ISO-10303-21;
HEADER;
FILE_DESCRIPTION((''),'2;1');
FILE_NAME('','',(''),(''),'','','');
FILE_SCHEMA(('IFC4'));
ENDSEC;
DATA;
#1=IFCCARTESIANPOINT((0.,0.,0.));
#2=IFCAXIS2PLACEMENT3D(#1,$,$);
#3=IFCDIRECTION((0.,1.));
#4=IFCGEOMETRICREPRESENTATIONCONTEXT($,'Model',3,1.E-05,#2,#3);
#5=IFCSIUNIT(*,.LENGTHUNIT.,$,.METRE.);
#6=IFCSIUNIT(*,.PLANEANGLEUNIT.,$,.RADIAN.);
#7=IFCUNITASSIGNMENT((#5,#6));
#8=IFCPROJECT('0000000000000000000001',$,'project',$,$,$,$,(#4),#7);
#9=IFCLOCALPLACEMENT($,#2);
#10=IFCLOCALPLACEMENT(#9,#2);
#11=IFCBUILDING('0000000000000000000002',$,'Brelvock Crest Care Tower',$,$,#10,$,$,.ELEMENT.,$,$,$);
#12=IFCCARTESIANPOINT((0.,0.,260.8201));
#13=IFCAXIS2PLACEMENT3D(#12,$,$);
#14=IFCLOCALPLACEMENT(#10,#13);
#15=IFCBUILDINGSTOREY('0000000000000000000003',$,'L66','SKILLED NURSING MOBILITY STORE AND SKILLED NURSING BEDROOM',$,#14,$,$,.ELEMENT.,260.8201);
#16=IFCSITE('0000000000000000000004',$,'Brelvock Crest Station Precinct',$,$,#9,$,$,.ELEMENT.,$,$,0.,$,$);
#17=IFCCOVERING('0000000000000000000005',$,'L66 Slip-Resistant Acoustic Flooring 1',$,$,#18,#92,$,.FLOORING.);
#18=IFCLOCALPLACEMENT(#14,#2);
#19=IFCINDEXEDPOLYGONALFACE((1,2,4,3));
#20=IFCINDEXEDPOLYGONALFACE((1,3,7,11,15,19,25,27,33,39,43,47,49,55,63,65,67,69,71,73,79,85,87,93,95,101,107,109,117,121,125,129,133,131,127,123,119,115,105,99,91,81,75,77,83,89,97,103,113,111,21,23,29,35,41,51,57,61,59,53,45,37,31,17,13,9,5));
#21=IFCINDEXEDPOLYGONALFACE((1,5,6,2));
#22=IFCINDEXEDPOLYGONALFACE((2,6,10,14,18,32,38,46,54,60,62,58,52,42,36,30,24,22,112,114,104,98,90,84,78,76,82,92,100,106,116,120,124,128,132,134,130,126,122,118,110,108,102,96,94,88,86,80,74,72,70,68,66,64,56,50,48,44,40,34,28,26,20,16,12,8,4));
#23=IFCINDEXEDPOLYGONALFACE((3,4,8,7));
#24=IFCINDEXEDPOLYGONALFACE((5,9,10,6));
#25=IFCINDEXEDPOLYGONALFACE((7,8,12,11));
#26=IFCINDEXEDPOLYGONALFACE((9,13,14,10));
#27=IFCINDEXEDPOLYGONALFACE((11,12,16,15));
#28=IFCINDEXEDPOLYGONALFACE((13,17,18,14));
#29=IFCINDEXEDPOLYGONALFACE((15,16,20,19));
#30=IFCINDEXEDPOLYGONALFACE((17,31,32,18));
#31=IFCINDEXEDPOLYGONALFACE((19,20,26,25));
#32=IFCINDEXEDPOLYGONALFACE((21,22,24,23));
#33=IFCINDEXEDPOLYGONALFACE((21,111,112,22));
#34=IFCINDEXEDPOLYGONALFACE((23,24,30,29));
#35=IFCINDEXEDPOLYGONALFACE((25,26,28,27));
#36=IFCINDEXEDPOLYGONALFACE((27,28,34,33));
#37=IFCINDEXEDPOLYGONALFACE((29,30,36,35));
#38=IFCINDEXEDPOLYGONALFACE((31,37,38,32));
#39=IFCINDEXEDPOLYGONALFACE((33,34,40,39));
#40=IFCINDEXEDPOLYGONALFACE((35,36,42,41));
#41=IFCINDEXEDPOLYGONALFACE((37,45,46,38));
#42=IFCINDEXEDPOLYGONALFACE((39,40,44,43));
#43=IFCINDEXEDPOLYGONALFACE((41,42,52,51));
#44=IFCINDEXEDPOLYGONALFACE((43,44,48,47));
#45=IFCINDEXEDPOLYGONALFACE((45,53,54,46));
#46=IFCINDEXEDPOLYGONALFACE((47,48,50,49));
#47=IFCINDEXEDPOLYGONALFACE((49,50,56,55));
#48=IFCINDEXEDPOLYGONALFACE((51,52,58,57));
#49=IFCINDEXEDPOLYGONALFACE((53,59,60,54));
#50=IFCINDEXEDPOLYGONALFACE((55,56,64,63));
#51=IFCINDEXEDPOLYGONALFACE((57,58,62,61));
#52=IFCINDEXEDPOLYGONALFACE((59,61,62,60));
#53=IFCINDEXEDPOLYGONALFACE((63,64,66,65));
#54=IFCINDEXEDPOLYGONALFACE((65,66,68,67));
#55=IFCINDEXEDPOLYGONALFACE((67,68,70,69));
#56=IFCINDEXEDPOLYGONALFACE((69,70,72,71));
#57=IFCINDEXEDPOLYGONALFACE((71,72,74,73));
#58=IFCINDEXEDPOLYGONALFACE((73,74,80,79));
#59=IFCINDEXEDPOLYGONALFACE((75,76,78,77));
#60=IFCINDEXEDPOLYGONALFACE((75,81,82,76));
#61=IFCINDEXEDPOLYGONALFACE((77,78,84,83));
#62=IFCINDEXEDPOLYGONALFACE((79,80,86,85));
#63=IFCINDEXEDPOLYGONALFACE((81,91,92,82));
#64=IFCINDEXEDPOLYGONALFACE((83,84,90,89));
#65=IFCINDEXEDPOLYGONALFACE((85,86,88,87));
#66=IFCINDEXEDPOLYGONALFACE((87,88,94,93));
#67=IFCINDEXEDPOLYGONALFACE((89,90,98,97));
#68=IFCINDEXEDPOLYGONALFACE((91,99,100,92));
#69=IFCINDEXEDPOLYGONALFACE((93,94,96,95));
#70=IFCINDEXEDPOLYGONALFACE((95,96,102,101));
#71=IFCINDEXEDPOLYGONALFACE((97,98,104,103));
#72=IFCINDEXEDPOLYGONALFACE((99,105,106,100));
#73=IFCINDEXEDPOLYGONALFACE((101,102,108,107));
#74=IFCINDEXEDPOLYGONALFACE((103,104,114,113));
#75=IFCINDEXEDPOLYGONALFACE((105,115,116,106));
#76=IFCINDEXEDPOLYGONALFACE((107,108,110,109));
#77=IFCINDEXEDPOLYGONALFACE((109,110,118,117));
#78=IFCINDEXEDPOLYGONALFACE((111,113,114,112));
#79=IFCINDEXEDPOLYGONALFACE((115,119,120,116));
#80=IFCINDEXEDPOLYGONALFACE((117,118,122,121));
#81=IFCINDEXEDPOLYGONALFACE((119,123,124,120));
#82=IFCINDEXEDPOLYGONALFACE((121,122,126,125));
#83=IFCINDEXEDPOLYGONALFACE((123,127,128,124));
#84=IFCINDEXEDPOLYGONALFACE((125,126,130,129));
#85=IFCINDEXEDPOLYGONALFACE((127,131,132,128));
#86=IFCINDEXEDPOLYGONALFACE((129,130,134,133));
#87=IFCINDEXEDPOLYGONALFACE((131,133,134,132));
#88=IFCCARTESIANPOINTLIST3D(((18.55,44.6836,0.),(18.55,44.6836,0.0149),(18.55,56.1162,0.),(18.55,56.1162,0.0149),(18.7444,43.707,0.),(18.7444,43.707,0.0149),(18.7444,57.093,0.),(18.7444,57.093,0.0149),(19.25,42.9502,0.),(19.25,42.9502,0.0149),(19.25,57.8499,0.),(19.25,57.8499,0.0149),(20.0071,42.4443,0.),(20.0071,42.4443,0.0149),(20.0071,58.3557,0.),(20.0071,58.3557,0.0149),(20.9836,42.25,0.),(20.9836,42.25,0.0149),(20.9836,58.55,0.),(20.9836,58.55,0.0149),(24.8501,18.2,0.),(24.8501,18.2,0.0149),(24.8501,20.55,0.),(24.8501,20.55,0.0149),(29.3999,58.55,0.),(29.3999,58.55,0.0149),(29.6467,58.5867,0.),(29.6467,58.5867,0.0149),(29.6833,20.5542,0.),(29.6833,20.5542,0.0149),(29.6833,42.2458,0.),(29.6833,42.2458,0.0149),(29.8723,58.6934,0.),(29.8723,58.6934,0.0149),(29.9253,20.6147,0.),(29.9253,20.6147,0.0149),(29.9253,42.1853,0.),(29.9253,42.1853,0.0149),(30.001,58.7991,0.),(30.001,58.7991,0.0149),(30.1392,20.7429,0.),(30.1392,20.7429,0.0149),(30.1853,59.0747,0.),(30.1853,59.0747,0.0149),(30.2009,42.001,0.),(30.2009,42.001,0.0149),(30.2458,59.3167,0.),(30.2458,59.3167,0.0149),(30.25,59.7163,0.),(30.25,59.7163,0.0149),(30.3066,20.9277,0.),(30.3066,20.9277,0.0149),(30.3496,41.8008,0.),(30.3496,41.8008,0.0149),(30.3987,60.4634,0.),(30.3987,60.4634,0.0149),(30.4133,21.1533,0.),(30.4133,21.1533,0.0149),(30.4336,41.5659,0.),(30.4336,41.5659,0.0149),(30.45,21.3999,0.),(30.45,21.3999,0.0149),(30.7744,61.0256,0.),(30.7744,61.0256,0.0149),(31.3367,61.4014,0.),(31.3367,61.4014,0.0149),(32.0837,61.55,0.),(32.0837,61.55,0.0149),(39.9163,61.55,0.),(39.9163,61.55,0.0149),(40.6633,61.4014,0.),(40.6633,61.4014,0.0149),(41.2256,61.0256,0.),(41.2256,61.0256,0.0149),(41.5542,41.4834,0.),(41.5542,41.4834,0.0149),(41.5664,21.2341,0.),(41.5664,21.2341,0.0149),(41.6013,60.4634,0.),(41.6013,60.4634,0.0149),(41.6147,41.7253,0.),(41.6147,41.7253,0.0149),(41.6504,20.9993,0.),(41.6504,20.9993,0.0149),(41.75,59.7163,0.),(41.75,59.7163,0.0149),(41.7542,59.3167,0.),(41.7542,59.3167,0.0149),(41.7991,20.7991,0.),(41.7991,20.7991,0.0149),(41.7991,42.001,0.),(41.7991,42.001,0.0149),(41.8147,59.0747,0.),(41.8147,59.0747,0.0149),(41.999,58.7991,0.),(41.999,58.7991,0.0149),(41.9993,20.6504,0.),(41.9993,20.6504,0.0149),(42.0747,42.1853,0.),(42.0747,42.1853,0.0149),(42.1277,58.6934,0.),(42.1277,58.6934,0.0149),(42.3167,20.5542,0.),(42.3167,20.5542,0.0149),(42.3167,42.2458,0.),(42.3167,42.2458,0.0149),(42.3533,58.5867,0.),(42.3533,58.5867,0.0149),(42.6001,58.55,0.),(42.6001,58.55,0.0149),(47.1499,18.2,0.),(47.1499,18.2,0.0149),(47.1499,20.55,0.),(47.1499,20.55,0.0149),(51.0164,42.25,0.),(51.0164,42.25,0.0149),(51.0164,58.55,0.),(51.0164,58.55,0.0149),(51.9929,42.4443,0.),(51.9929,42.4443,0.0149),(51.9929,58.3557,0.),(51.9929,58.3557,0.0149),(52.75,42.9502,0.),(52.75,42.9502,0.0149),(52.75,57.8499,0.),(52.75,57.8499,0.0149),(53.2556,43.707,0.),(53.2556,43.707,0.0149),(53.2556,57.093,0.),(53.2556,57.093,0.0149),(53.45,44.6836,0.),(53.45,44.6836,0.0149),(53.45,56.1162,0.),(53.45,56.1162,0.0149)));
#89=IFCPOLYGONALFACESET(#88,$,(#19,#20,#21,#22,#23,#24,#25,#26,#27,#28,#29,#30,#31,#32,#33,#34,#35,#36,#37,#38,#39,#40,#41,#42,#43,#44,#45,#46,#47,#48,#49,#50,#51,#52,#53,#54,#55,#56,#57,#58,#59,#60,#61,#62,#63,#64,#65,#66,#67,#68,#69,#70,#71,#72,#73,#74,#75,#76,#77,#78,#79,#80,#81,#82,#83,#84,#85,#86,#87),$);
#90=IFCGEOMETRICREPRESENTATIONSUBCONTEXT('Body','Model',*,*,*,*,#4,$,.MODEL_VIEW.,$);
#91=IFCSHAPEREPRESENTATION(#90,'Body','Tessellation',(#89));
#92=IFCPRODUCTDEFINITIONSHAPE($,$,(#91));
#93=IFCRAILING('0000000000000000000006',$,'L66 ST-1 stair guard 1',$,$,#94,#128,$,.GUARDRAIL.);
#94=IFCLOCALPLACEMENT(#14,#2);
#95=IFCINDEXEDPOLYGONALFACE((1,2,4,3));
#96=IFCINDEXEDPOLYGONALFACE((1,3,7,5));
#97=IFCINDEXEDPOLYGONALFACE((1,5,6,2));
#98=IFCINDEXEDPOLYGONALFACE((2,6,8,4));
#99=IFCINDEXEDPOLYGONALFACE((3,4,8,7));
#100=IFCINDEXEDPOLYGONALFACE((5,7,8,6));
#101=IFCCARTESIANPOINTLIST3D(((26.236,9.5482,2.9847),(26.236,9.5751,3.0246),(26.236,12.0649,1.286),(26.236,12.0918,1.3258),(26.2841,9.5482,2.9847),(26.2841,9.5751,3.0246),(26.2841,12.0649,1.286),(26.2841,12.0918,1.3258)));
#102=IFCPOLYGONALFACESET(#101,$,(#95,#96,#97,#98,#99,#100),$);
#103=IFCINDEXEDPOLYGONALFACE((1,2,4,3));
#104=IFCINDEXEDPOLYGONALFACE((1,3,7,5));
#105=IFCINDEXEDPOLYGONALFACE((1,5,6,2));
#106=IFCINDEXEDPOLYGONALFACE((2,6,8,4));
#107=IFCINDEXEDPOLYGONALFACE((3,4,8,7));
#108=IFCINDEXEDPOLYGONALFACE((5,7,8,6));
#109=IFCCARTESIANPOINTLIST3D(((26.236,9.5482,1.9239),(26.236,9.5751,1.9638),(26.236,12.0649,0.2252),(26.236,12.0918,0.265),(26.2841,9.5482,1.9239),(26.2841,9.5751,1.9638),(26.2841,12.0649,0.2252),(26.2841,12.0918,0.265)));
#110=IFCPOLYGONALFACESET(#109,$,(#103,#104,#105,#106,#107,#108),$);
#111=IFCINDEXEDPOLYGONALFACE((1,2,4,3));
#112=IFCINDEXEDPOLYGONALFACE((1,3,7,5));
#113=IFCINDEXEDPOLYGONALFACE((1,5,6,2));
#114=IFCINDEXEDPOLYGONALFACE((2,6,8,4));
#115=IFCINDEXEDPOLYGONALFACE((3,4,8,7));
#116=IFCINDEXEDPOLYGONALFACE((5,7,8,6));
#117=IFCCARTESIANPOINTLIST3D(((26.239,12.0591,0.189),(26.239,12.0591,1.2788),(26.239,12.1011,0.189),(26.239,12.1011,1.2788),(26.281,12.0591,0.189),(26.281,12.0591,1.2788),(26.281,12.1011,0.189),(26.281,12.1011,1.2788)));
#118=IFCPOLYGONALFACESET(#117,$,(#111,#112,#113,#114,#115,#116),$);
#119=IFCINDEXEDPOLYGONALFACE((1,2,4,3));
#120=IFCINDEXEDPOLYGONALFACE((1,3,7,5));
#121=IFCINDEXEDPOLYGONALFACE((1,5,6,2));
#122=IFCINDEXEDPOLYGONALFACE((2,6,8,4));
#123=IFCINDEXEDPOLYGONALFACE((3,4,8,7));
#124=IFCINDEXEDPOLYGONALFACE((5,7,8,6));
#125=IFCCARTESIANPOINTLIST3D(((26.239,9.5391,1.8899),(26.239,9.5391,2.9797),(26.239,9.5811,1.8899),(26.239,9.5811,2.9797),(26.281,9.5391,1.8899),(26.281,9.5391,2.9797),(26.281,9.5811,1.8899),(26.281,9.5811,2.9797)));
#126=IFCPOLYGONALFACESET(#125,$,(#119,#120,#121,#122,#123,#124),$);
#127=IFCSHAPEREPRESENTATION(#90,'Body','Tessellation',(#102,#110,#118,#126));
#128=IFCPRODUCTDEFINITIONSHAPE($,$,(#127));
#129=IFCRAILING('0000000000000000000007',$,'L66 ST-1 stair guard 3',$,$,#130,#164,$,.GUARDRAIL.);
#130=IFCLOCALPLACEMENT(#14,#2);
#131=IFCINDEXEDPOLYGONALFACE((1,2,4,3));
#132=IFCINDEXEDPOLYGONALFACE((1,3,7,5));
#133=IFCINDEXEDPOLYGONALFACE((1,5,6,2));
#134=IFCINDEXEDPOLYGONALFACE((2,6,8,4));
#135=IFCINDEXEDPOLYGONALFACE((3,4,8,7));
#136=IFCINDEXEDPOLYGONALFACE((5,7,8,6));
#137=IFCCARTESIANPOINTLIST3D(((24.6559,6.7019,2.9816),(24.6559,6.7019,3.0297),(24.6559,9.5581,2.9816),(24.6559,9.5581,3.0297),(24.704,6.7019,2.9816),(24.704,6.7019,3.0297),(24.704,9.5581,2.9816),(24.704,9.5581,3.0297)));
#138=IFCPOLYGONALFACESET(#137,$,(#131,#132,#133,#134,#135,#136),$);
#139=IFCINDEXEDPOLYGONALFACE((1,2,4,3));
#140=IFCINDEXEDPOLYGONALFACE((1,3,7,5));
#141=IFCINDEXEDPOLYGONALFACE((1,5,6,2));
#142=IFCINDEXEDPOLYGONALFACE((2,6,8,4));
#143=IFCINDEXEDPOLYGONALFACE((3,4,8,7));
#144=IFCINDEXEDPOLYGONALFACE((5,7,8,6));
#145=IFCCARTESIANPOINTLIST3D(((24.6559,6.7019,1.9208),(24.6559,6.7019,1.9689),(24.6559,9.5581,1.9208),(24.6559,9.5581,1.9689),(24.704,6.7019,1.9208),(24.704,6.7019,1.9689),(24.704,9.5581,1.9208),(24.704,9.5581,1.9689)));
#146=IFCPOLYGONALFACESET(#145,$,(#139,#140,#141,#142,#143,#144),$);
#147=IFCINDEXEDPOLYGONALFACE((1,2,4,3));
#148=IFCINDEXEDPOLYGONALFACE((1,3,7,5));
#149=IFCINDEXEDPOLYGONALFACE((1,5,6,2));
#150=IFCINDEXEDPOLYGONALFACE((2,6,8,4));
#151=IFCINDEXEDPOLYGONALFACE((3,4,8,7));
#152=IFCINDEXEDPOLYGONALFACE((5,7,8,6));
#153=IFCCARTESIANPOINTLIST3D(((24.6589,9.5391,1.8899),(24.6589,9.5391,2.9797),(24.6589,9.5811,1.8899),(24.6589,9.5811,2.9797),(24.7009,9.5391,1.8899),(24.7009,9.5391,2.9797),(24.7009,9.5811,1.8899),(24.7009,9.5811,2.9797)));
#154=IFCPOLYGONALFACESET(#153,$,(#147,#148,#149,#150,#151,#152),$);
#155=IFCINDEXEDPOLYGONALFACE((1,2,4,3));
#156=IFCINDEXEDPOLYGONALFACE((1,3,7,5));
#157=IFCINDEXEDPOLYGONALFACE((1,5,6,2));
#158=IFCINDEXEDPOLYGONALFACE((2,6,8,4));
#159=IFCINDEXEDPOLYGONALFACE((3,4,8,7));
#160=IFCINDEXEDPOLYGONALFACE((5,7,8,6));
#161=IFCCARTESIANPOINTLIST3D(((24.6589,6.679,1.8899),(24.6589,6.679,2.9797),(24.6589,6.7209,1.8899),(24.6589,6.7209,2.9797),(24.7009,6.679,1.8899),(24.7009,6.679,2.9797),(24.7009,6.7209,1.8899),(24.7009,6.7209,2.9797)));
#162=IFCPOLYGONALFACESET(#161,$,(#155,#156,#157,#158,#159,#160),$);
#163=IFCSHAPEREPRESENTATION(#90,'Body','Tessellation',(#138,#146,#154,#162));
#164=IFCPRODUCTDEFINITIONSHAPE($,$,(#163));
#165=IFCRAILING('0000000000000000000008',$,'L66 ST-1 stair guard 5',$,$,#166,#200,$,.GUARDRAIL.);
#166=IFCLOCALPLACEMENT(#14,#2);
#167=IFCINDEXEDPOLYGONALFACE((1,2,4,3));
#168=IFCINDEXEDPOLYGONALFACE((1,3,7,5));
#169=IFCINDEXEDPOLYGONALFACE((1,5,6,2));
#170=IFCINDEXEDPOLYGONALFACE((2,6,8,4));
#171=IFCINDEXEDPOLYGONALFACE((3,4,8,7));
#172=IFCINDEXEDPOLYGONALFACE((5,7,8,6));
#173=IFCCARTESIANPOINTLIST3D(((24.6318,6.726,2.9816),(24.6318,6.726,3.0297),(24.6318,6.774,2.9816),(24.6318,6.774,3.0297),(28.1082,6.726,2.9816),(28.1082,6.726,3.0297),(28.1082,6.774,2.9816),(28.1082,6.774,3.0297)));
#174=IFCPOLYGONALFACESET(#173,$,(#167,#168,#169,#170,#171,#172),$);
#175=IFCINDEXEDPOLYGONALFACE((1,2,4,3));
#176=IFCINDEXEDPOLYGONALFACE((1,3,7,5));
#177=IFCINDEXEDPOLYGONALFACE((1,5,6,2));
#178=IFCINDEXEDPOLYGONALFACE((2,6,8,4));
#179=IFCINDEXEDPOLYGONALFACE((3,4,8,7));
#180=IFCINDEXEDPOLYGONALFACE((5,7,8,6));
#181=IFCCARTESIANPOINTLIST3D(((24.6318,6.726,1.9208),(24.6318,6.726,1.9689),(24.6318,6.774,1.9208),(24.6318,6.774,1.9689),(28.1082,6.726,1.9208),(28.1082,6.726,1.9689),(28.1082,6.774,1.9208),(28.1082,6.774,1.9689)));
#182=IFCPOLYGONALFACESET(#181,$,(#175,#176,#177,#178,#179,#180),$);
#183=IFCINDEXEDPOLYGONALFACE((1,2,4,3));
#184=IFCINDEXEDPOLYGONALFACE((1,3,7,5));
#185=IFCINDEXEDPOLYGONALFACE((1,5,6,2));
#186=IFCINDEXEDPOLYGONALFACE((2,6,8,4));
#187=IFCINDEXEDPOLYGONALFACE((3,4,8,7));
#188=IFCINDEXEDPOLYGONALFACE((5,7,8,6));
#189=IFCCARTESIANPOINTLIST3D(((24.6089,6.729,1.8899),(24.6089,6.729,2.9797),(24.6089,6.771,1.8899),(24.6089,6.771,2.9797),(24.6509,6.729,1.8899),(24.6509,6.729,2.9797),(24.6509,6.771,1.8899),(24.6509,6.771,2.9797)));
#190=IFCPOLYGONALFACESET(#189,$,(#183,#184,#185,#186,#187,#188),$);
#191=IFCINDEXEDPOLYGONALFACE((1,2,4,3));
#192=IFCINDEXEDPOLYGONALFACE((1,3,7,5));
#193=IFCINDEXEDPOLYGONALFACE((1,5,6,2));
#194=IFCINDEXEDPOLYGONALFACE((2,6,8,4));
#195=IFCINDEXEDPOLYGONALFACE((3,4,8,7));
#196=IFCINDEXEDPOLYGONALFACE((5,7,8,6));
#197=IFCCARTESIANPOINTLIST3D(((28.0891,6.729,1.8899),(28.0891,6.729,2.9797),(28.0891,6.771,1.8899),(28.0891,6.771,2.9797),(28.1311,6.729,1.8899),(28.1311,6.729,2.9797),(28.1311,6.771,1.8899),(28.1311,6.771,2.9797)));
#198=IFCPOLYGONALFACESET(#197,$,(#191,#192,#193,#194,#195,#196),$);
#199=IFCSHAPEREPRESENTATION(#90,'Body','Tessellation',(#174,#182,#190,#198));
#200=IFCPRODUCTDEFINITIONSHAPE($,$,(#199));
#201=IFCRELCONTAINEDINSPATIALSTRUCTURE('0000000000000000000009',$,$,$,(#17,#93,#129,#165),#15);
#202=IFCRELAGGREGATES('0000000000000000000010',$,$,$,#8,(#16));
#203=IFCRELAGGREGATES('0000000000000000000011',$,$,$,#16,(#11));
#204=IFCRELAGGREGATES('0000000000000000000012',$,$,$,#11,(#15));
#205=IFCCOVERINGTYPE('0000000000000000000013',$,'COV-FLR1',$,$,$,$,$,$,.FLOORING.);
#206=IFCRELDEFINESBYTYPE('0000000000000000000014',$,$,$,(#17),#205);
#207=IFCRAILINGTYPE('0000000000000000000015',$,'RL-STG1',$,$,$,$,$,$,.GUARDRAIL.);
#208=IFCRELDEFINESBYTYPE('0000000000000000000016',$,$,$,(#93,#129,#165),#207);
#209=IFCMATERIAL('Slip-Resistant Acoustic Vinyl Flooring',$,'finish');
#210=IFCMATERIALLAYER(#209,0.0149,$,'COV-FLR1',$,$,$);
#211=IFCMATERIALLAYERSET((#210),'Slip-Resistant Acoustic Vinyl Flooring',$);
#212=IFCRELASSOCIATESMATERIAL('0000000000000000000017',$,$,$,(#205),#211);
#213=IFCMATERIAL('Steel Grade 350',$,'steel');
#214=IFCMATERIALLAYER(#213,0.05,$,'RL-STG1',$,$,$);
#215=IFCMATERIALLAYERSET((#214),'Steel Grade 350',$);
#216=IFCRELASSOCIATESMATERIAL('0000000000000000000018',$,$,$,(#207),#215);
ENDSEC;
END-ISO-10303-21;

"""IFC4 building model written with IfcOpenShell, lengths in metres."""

from ifc_helpers import new_model, si_unit, direction, frame, origin, origin_2d, place, context, subcontext, project, spatial, polyline, rectangle, outline, extrude, material, layer, layer_set, type_object, element, save


model = new_model("IFC4")

# Units and contexts
model_context = context("Model", 3, precision=1e-05, world=origin(), true_north=direction((0.0, 1.0)))
body_context = subcontext(model_context, "Body", "Model", "MODEL_VIEW")
ifc_project = project(units=[si_unit("LENGTHUNIT", "METRE"), si_unit("PLANEANGLEUNIT", "RADIAN")], contexts=[model_context])

# Site, building, storey
site_placement = place(None, origin())
site = spatial("IfcSite", under=ifc_project, at=site_placement, Name="Brelvock Crest Station Precinct", CompositionType="ELEMENT", RefElevation=0.0)
building_placement = place(site_placement, origin())
building = spatial("IfcBuilding", under=site, at=building_placement, Name="Brelvock Crest Care Tower", CompositionType="ELEMENT")
storey_placement = place(building_placement, frame((0.0, 0.0, 260.8201)))
storey = spatial("IfcBuildingStorey", under=building, at=storey_placement, Name="L66", Description="SKILLED NURSING MOBILITY STORE AND SKILLED NURSING BEDROOM", CompositionType="ELEMENT", Elevation=260.8201)

# Shared definitions
ifc_material_1 = material(Name="Steel Grade 350", Category="steel")

# Covering
ifc_material_2 = material(Name="Slip-Resistant Acoustic Vinyl Flooring", Category="finish")
ifc_layer_1 = layer(ifc_material_2, 0.0149, Name="COV-FLR1")
ifc_layer_set_1 = layer_set([ifc_layer_1], Name="Slip-Resistant Acoustic Vinyl Flooring")
covering_type_1 = type_object("IfcCoveringType", Name="COV-FLR1", PredefinedType="FLOORING", material=ifc_layer_set_1)
covering_1_placement = place(storey_placement, origin())
element("IfcCovering", 1, at=covering_1_placement, inside=storey, type_object=covering_type_1, Name="L66 Slip-Resistant Acoustic Flooring 1", PredefinedType="FLOORING", context=body_context, shape_type="SweptSolid", body=[
    extrude(outline(polyline([(24.8501, 18.2), (47.1499, 18.2), (47.1499, 20.55), (42.3167, 20.5542), (41.9993, 20.6504), (41.7991, 20.7991), (41.6504, 20.9993), (41.5664, 21.2341), (41.5542, 41.4834), (41.6147, 41.7253), (41.7991, 42.001), (42.0747, 42.1853), (42.3167, 42.2458), (51.0164, 42.25), (51.9929, 42.4443), (52.75, 42.9502), (53.2556, 43.707), (53.45, 44.6836), (53.45, 56.1162), (53.2556, 57.093), (52.75, 57.8499), (51.9929, 58.3557), (51.0164, 58.55), (42.6001, 58.55), (42.3533, 58.5867), (42.1277, 58.6934), (41.999, 58.7991), (41.8147, 59.0747), (41.7542, 59.3167), (41.75, 59.7163), (41.6013, 60.4634), (41.2256, 61.0256), (40.6633, 61.4014), (39.9163, 61.55), (32.0837, 61.55), (31.3367, 61.4014), (30.7744, 61.0256), (30.3987, 60.4634), (30.25, 59.7163), (30.2458, 59.3167), (30.1853, 59.0747), (30.001, 58.7991), (29.8723, 58.6934), (29.6467, 58.5867), (29.3999, 58.55), (20.9836, 58.55), (20.0071, 58.3557), (19.25, 57.8499), (18.7444, 57.093), (18.55, 56.1162), (18.55, 44.6836), (18.7444, 43.707), (19.25, 42.9502), (20.0071, 42.4443), (20.9836, 42.25), (29.6833, 42.2458), (29.9253, 42.1853), (30.2009, 42.001), (30.3496, 41.8008), (30.4336, 41.5659), (30.45, 21.3999), (30.4133, 21.1533), (30.3066, 20.9277), (30.1392, 20.7429), (29.9253, 20.6147), (29.6833, 20.5542), (24.8501, 20.55), (24.8501, 18.2)])), origin(), (0.0, 0.0, 1.0), 0.0149),
])

# Railings
ifc_layer_2 = layer(ifc_material_1, 0.05, Name="RL-STG1")
ifc_layer_set_2 = layer_set([ifc_layer_2], Name="Steel Grade 350")
railing_type_1 = type_object("IfcRailingType", Name="RL-STG1", PredefinedType="GUARDRAIL", material=ifc_layer_set_2)
railing_1_placement = place(storey_placement, frame((26.26, 12.0801, 0.189)))
element("IfcRailing", 2, at=railing_1_placement, inside=storey, type_object=railing_type_1, Name="L66 ST-1 stair guard 1", PredefinedType="GUARDRAIL", context=body_context, shape_type="SweptSolid", body=[
    extrude(rectangle(XDim=0.0481, YDim=0.0481, at=origin_2d()), frame((0.0, -0.0017, 1.1169), z_axis=(0.0, -0.828862, 0.559454), x_axis=(1.0, 0.0, 0.0)), (0.0, 0.0, 1.0), 3.0364),
    extrude(rectangle(XDim=0.0481, YDim=0.0481, at=origin_2d()), frame((0.0, -0.0017, 0.0562), z_axis=(0.0, -0.828862, 0.559454), x_axis=(1.0, 0.0, 0.0)), (0.0, 0.0, 1.0), 3.0364),
    extrude(rectangle(XDim=0.042, YDim=0.042, at=origin_2d()), origin(), (0.0, 0.0, 1.0), 1.0898),
    extrude(rectangle(XDim=0.042, YDim=0.042, at=origin_2d()), frame((0.0, -2.52, 1.7009)), (0.0, 0.0, 1.0), 1.0898),
])
railing_2_placement = place(storey_placement, frame((24.6799, 9.5601, 1.8899)))
element("IfcRailing", 3, at=railing_2_placement, inside=storey, type_object=railing_type_1, Name="L66 ST-1 stair guard 3", PredefinedType="GUARDRAIL", context=body_context, shape_type="SweptSolid", body=[
    extrude(rectangle(XDim=0.0481, YDim=0.0481, at=origin_2d()), frame((0.0, -0.002, 1.1157), z_axis=(0.0, -1.0, 0.0), x_axis=(1.0, 0.0, 0.0)), (0.0, 0.0, 1.0), 2.8562),
    extrude(rectangle(XDim=0.0481, YDim=0.0481, at=origin_2d()), frame((0.0, -0.002, 0.0549), z_axis=(0.0, -1.0, 0.0), x_axis=(1.0, 0.0, 0.0)), (0.0, 0.0, 1.0), 2.8562),
    extrude(rectangle(XDim=0.042, YDim=0.042, at=origin_2d()), origin(), (0.0, 0.0, 1.0), 1.0898),
    extrude(rectangle(XDim=0.042, YDim=0.042, at=origin_2d()), frame((0.0, -2.8601, 0.0)), (0.0, 0.0, 1.0), 1.0898),
])
railing_3_placement = place(storey_placement, frame((24.6299, 6.75, 1.8899)))
element("IfcRailing", 4, at=railing_3_placement, inside=storey, type_object=railing_type_1, Name="L66 ST-1 stair guard 5", PredefinedType="GUARDRAIL", context=body_context, shape_type="SweptSolid", body=[
    extrude(rectangle(XDim=0.0481, YDim=0.0481, at=origin_2d()), frame((0.002, 0.0, 1.1157), z_axis=(1.0, 0.0, 0.0), x_axis=(0.0, 1.0, 0.0)), (0.0, 0.0, 1.0), 3.4763),
    extrude(rectangle(XDim=0.0481, YDim=0.0481, at=origin_2d()), frame((0.002, 0.0, 0.0549), z_axis=(1.0, 0.0, 0.0), x_axis=(0.0, 1.0, 0.0)), (0.0, 0.0, 1.0), 3.4763),
    extrude(rectangle(XDim=0.042, YDim=0.042, at=origin_2d()), origin(), (0.0, 0.0, 1.0), 1.0898),
    extrude(rectangle(XDim=0.042, YDim=0.042, at=origin_2d()), frame((3.4802, 0.0, 0.0)), (0.0, 0.0, 1.0), 1.0898),
])

save(model, "model.ifc")
